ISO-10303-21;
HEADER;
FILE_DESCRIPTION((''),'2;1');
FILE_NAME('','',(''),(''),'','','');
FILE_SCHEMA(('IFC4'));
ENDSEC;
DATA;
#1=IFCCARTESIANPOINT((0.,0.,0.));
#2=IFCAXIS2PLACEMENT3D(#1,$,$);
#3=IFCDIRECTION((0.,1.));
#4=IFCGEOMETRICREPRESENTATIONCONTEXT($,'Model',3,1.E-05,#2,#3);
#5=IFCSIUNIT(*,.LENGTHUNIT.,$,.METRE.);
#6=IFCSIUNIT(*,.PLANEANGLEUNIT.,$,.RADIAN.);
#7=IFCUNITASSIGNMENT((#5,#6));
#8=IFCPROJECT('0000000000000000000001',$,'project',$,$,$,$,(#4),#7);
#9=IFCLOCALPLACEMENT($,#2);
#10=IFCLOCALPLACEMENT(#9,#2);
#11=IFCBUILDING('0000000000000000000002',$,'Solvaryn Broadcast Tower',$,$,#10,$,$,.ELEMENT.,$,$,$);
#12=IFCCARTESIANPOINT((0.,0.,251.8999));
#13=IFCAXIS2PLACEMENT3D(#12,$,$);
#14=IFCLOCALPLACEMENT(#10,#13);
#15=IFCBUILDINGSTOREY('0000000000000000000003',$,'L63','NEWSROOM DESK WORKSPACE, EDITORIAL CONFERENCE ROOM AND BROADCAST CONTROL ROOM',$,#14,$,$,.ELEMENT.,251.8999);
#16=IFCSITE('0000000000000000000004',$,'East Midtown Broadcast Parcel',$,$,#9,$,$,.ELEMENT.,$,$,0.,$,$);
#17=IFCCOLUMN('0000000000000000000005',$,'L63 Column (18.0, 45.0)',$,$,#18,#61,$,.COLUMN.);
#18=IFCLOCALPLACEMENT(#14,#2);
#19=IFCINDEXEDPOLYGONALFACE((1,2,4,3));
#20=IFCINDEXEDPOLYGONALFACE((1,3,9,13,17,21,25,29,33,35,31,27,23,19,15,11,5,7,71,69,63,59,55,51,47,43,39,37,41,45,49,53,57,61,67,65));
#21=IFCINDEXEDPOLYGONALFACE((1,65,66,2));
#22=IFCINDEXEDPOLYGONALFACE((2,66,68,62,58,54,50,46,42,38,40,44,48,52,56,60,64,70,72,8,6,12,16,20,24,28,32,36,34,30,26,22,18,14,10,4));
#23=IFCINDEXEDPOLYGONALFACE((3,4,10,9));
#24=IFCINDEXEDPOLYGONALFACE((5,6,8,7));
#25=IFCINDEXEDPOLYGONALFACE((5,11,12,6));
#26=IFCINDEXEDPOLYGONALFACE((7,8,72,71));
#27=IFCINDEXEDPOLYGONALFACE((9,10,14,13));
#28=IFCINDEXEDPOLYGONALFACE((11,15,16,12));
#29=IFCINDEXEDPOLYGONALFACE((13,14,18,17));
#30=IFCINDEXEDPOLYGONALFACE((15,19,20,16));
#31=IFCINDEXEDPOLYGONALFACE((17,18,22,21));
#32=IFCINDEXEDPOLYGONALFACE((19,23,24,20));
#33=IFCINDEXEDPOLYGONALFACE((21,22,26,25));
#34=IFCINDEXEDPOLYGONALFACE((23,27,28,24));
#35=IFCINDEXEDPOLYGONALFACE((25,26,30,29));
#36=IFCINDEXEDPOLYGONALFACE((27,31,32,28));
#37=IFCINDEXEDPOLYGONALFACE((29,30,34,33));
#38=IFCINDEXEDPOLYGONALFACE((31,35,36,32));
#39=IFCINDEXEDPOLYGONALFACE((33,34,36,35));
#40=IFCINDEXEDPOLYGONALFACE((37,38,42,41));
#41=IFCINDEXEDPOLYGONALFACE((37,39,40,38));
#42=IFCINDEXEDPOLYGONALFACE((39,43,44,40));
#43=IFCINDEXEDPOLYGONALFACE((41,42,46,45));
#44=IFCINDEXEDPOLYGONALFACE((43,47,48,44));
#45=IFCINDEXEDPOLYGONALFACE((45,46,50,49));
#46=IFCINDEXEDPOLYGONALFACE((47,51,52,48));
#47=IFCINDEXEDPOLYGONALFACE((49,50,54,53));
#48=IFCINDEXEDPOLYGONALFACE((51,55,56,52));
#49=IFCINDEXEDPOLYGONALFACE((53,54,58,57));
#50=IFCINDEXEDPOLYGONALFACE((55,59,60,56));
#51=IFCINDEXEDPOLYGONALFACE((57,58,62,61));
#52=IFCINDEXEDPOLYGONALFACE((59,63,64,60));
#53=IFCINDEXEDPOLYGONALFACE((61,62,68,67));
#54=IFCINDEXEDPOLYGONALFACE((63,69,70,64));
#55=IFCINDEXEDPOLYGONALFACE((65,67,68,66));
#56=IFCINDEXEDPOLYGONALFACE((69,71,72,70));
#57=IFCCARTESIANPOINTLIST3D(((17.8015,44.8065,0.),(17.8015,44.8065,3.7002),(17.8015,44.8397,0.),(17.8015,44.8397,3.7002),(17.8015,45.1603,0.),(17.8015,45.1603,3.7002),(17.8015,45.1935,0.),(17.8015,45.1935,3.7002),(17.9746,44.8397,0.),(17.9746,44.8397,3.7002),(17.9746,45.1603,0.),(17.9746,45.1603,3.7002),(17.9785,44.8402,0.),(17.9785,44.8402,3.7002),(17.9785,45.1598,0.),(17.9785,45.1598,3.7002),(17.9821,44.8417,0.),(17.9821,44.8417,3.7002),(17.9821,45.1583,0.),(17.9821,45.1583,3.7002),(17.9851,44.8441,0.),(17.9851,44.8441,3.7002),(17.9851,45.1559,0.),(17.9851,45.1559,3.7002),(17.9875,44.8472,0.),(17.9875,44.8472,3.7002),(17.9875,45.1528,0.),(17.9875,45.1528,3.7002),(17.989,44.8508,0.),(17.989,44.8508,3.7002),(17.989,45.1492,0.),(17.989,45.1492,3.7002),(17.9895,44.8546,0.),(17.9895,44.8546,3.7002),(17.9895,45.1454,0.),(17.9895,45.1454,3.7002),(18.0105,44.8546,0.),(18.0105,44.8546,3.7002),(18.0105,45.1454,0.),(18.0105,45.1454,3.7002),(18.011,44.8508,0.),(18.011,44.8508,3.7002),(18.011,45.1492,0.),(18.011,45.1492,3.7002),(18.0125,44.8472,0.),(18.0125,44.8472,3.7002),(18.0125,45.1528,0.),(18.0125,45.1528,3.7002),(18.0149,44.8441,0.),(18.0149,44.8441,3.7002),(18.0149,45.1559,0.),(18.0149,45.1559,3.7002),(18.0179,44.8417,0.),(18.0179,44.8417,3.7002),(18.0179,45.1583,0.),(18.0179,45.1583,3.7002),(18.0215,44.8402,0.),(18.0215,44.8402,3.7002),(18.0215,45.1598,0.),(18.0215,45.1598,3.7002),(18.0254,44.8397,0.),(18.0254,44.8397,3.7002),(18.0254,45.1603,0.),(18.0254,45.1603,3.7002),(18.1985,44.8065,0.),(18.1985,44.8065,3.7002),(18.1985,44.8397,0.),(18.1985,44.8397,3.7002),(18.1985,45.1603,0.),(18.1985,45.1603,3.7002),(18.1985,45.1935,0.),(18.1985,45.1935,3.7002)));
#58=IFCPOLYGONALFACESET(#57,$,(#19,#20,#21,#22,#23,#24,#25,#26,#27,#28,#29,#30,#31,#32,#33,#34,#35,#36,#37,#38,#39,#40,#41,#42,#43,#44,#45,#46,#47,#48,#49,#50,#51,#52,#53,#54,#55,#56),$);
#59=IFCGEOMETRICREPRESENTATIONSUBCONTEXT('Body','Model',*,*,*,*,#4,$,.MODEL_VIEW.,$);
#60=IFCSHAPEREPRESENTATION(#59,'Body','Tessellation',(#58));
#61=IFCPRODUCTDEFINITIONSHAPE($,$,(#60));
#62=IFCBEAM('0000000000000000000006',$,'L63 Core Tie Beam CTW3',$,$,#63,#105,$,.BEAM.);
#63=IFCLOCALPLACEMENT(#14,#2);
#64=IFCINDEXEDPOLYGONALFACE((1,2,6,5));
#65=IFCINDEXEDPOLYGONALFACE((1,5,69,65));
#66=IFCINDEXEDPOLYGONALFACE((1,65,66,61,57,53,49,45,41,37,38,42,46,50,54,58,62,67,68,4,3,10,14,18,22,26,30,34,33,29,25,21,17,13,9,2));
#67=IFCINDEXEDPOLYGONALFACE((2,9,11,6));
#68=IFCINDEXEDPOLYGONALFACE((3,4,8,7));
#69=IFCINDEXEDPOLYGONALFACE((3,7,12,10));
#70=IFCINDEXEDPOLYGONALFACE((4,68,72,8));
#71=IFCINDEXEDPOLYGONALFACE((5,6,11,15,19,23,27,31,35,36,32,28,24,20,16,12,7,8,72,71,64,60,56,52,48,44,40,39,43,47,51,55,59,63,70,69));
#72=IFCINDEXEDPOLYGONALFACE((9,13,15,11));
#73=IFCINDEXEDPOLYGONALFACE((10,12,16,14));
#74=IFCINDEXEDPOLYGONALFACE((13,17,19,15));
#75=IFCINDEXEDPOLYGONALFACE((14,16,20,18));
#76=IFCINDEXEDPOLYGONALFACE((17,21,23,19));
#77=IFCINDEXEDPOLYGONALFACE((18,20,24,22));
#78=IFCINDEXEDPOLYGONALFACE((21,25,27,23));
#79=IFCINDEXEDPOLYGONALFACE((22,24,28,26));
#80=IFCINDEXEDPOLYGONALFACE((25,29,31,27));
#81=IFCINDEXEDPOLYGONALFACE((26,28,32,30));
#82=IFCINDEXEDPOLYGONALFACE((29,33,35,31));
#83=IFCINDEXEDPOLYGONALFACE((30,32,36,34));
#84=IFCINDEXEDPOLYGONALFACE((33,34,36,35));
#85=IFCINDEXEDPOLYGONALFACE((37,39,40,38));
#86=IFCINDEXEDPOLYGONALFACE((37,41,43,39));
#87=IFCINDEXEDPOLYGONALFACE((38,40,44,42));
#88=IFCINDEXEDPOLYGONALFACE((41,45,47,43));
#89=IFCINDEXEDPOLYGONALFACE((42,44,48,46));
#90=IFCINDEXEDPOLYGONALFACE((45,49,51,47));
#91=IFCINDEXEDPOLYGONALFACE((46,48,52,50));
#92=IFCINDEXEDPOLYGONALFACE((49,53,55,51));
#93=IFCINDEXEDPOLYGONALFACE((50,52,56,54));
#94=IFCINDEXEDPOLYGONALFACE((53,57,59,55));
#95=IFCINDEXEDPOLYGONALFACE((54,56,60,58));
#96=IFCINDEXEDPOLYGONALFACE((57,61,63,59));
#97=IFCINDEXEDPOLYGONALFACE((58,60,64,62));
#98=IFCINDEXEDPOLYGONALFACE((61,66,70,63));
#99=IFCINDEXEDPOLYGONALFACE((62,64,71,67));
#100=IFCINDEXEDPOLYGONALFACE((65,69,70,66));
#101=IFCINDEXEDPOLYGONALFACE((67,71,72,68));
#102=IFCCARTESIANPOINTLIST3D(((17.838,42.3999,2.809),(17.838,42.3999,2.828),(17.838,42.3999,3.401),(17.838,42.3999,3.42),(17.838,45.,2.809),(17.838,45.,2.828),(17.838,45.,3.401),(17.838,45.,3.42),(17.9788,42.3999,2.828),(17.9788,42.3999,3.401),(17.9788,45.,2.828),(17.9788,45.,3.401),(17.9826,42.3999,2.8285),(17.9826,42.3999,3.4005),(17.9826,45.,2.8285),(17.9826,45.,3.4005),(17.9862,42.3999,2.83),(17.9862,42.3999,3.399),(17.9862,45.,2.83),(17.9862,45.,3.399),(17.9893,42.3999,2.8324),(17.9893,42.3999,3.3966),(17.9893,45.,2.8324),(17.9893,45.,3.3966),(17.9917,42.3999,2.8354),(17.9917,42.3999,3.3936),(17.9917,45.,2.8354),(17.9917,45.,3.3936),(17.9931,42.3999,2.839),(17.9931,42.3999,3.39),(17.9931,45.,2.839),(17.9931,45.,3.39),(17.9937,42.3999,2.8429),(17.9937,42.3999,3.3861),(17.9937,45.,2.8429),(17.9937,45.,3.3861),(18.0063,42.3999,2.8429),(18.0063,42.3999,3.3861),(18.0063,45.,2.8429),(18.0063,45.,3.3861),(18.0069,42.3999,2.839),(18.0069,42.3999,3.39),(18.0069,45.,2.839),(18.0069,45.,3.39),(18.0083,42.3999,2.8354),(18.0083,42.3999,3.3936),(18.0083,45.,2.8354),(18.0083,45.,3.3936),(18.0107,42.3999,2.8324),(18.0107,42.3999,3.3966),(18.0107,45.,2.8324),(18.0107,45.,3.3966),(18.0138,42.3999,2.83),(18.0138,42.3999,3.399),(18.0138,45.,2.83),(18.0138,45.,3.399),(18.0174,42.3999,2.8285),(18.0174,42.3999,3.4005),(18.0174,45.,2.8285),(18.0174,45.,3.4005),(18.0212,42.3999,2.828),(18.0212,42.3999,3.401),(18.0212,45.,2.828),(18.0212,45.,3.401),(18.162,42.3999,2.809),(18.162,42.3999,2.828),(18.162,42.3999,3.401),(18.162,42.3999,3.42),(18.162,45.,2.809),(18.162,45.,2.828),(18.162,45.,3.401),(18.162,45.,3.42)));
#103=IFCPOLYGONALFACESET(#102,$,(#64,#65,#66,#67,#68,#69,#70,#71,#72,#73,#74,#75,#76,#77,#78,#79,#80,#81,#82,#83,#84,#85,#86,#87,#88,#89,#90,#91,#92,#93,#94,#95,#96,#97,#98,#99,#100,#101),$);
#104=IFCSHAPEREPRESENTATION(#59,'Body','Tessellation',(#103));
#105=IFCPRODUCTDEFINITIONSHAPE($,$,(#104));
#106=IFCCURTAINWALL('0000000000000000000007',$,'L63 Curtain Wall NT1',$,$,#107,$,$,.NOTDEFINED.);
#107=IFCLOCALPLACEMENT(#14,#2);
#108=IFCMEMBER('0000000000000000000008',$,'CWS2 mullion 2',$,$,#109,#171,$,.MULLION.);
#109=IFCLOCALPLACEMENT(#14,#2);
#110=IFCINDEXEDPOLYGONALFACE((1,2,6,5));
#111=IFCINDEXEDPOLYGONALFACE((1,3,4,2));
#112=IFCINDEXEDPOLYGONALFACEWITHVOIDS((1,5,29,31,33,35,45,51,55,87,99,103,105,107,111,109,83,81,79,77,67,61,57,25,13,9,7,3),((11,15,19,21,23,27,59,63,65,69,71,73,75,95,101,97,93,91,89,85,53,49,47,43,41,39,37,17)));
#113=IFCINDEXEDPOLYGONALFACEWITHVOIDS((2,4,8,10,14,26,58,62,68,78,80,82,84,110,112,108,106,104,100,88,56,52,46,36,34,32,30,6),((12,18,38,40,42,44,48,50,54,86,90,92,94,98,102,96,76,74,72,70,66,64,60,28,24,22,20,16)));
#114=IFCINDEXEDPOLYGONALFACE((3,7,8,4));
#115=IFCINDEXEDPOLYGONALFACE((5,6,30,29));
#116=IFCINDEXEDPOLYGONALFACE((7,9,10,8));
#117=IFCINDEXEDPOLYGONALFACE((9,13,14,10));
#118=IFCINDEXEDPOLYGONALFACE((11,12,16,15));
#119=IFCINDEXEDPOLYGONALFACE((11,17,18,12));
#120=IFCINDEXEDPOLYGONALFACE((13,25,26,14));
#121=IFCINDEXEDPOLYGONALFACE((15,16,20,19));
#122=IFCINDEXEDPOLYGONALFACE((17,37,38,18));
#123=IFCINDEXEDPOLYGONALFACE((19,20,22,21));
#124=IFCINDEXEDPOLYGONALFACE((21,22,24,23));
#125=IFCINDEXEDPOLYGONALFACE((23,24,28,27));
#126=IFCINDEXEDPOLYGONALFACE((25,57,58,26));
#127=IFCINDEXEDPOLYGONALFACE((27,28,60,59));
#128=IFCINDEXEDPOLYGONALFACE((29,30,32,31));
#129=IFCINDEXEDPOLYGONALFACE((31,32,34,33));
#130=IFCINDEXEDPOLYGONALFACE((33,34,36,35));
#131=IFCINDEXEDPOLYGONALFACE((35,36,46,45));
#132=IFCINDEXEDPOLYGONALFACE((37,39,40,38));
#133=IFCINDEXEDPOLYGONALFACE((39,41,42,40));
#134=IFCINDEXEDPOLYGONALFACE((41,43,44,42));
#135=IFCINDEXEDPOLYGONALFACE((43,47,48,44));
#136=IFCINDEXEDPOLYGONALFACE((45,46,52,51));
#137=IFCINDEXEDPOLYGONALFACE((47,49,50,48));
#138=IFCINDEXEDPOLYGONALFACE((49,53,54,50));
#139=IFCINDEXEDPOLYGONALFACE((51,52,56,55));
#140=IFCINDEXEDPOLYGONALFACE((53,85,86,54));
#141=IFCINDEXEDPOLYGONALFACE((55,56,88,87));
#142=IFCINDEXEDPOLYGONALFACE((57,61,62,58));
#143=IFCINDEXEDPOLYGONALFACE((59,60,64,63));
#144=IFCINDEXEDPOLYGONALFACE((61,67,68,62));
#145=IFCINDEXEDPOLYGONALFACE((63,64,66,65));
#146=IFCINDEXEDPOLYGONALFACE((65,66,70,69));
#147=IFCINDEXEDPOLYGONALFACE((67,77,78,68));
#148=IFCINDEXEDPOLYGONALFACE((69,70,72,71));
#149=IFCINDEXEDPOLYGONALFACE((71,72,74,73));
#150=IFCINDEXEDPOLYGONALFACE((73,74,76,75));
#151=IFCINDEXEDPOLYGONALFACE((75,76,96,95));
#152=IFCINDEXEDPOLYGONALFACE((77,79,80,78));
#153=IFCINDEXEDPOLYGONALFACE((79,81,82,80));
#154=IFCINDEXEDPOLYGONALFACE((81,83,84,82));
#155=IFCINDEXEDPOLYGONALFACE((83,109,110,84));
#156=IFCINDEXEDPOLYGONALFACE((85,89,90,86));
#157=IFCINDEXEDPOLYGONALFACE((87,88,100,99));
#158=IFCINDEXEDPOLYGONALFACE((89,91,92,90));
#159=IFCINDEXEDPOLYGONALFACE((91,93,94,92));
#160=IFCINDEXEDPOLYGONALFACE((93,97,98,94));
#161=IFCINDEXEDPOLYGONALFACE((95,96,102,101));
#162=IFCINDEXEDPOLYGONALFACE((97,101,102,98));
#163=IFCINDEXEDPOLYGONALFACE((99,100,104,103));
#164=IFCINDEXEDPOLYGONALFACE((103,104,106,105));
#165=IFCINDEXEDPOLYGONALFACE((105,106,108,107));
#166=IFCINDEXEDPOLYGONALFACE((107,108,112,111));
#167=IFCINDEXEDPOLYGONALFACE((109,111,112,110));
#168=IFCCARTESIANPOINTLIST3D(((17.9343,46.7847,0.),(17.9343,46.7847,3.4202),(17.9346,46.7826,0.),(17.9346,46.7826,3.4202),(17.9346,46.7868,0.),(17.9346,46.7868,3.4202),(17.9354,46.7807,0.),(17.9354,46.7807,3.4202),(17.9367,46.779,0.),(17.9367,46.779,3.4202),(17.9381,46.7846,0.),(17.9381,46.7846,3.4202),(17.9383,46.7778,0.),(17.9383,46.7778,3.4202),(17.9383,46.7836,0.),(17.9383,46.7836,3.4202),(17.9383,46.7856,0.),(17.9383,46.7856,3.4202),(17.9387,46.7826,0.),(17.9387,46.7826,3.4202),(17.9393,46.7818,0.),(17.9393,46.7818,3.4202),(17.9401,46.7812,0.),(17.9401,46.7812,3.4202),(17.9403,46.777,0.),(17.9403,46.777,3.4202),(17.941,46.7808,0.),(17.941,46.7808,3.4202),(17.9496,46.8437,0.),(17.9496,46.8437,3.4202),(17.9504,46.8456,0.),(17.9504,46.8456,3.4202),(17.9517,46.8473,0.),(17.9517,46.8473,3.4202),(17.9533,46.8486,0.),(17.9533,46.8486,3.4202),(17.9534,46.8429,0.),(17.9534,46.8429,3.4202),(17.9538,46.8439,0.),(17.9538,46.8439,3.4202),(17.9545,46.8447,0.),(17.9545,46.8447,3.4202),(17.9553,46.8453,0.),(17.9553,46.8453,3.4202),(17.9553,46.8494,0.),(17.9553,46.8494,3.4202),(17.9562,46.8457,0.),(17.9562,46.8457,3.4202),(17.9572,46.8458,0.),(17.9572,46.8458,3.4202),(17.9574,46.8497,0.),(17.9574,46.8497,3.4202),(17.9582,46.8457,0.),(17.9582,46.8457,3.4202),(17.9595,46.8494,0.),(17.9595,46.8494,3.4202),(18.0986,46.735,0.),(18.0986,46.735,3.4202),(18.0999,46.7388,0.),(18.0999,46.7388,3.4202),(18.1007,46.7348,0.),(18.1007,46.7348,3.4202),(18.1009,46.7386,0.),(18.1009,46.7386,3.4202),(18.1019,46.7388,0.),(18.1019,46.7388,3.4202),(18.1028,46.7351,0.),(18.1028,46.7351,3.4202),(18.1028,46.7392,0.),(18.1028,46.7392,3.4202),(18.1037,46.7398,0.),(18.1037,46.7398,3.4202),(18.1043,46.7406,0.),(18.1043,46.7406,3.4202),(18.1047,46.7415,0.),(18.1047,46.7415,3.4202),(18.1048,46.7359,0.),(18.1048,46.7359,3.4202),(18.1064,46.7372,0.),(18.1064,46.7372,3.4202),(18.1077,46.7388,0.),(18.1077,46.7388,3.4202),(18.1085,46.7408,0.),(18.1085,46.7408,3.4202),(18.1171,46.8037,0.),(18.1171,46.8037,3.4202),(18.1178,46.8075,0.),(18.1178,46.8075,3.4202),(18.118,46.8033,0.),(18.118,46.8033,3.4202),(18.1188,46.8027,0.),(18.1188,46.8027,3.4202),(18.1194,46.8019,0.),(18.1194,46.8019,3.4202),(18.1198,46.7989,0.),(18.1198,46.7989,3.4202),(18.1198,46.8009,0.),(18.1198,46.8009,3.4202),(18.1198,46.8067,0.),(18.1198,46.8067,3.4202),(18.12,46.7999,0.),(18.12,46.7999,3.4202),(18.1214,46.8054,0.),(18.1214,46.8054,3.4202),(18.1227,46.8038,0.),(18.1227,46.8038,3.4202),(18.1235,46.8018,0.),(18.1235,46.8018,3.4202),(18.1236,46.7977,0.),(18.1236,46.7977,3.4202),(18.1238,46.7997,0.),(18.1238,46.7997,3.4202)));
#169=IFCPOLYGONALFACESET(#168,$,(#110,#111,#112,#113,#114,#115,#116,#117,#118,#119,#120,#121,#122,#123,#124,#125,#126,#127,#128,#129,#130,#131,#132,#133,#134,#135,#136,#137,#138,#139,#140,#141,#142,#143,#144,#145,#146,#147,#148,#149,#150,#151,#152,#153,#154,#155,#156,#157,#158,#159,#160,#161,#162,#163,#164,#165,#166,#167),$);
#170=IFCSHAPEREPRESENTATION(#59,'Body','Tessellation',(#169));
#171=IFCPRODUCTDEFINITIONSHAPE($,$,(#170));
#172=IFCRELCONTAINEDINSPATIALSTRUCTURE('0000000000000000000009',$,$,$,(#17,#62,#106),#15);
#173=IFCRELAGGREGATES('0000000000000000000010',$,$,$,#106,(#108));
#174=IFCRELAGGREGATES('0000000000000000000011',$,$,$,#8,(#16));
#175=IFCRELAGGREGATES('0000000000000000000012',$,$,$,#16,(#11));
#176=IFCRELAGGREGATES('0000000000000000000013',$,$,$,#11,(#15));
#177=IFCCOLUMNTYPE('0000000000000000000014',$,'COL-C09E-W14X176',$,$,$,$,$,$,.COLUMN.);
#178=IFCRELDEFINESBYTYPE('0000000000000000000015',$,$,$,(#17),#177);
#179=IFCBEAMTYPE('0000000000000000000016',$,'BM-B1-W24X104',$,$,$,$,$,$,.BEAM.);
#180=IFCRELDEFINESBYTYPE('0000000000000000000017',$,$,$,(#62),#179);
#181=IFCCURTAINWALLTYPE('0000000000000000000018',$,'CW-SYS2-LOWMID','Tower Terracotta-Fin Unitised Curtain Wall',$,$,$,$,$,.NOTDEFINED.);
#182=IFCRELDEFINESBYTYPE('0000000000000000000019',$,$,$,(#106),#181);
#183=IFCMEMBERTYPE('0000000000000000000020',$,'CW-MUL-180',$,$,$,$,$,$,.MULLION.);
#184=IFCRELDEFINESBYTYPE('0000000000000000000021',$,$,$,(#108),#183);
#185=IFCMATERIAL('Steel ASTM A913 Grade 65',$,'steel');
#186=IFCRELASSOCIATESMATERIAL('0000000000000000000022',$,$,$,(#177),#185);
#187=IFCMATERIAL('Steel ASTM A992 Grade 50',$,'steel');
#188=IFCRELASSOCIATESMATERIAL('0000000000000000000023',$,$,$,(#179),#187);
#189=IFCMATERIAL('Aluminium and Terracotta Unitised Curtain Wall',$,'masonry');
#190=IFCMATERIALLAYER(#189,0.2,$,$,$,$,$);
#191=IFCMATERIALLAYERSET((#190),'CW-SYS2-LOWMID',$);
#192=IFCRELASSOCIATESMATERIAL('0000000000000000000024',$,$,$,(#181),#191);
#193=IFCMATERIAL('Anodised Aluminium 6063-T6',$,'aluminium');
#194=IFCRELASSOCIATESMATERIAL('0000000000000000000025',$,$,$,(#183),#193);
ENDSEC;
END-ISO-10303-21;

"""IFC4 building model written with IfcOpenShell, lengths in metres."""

from ifc_helpers import new_model, si_unit, direction, frame, origin, origin_2d, place, context, subcontext, project, spatial, hollow_rectangle, i_section, extrude, material, layer, layer_set, material_profile, profile_set, type_object, element, aggregate, save


model = new_model("IFC4")

# Units and contexts
model_context = context("Model", 3, precision=1e-05, world=origin(), true_north=direction((0.0, 1.0)))
body_context = subcontext(model_context, "Body", "Model", "MODEL_VIEW")
ifc_project = project(units=[si_unit("LENGTHUNIT", "METRE"), si_unit("PLANEANGLEUNIT", "RADIAN")], contexts=[model_context])

# Site, building, storey
site_placement = place(None, origin())
site = spatial("IfcSite", under=ifc_project, at=site_placement, Name="East Midtown Broadcast Parcel", CompositionType="ELEMENT", RefElevation=0.0)
building_placement = place(site_placement, origin())
building = spatial("IfcBuilding", under=site, at=building_placement, Name="Solvaryn Broadcast Tower", CompositionType="ELEMENT")
storey_placement = place(building_placement, frame((0.0, 0.0, 251.8999)))
storey = spatial("IfcBuildingStorey", under=building, at=storey_placement, Name="L63", Description="NEWSROOM DESK WORKSPACE, EDITORIAL CONFERENCE ROOM AND BROADCAST CONTROL ROOM", CompositionType="ELEMENT", Elevation=251.8999)

# Column
ifc_material_1 = material(Name="Steel ASTM A913 Grade 65", Category="steel")
ifc_material_profile_1 = material_profile(ifc_material_1, i_section(OverallWidth=0.397, OverallDepth=0.387, WebThickness=0.021, FlangeThickness=0.0332, FilletRadius=0.0149, at=origin_2d()))
ifc_profile_set_1 = profile_set([ifc_material_profile_1], Name="Steel ASTM A913 Grade 65")
column_type = type_object("IfcColumnType", Name="COL-C09E-W14X176", PredefinedType="COLUMN", material=ifc_profile_set_1)
column_placement = place(storey_placement, frame((18.0, 45.0, 0.0), z_axis=(0.0, 0.0, 1.0), x_axis=(1.0, 0.0, 0.0)))
element("IfcColumn", 1, at=column_placement, inside=storey, type_object=column_type, Name="L63 Column (18.0, 45.0)", PredefinedType="COLUMN", context=body_context, shape_type="SweptSolid", body=[
    extrude(i_section(OverallWidth=0.397, OverallDepth=0.387, WebThickness=0.021, FlangeThickness=0.0332, FilletRadius=0.0149, at=origin_2d()), origin(), (0.0, 0.0, 1.0), 3.7002),
])

# Beam
ifc_material_2 = material(Name="Steel ASTM A992 Grade 50", Category="steel")
ifc_material_profile_2 = material_profile(ifc_material_2, i_section(OverallWidth=0.324, OverallDepth=0.6111, WebThickness=0.0127, FlangeThickness=0.019, FilletRadius=0.0149, at=origin_2d()))
ifc_profile_set_2 = profile_set([ifc_material_profile_2], Name="Steel ASTM A992 Grade 50")
beam_type = type_object("IfcBeamType", Name="BM-B1-W24X104", PredefinedType="BEAM", material=ifc_profile_set_2)
beam_placement = place(storey_placement, frame((18.0, 42.3999, 3.1145), z_axis=(0.0, 1.0, 0.0), x_axis=(-1.0, 0.0, 0.0)))
element("IfcBeam", 2, at=beam_placement, inside=storey, type_object=beam_type, Name="L63 Core Tie Beam CTW3", PredefinedType="BEAM", context=body_context, shape_type="SweptSolid", body=[
    extrude(i_section(OverallWidth=0.324, OverallDepth=0.6111, WebThickness=0.0127, FlangeThickness=0.019, FilletRadius=0.0149, at=origin_2d()), origin(), (0.0, 0.0, 1.0), 2.6001),
])

# Curtain wall, member
ifc_material_3 = material(Name="Aluminium and Terracotta Unitised Curtain Wall", Category="masonry")
ifc_layer_1 = layer(ifc_material_3, 0.2)
ifc_layer_set_1 = layer_set([ifc_layer_1], Name="CW-SYS2-LOWMID")
curtain_wall_type = type_object("IfcCurtainWallType", Name="CW-SYS2-LOWMID", Description="Tower Terracotta-Fin Unitised Curtain Wall", PredefinedType="NOTDEFINED", material=ifc_layer_set_1)
curtain_wall_1_placement = place(storey_placement, origin())
curtain_wall_1 = element("IfcCurtainWall", 3, at=curtain_wall_1_placement, inside=storey, type_object=curtain_wall_type, Name="L63 Curtain Wall NT1", PredefinedType="NOTDEFINED")
ifc_material_4 = material(Name="Anodised Aluminium 6063-T6", Category="aluminium")
ifc_material_profile_3 = material_profile(ifc_material_4, hollow_rectangle(XDim=0.075, YDim=0.1799, WallThickness=0.0039, InnerFilletRadius=0.0039, OuterFilletRadius=0.0081, at=origin_2d()))
ifc_profile_set_3 = profile_set([ifc_material_profile_3], Name="Anodised Aluminium 6063-T6")
member_type_1 = type_object("IfcMemberType", Name="CW-MUL-180", PredefinedType="MULLION", material=ifc_profile_set_3)
member_1_placement = place(storey_placement, frame((18.0291, 46.7922, 0.0), z_axis=(0.0, 0.0, 1.0), x_axis=(-0.255893, -0.966705, 0.0)))
member_1 = element("IfcMember", 4, at=member_1_placement, type_object=member_type_1, Name="CWS2 mullion 2", PredefinedType="MULLION", context=body_context, shape_type="SweptSolid", body=[
    extrude(hollow_rectangle(XDim=0.075, YDim=0.1799, WallThickness=0.0039, InnerFilletRadius=0.0039, OuterFilletRadius=0.0081, at=origin_2d()), origin(), (0.0, 0.0, 1.0), 3.4202),
])

aggregate(curtain_wall_1, [member_1])

save(model, "model.ifc")
